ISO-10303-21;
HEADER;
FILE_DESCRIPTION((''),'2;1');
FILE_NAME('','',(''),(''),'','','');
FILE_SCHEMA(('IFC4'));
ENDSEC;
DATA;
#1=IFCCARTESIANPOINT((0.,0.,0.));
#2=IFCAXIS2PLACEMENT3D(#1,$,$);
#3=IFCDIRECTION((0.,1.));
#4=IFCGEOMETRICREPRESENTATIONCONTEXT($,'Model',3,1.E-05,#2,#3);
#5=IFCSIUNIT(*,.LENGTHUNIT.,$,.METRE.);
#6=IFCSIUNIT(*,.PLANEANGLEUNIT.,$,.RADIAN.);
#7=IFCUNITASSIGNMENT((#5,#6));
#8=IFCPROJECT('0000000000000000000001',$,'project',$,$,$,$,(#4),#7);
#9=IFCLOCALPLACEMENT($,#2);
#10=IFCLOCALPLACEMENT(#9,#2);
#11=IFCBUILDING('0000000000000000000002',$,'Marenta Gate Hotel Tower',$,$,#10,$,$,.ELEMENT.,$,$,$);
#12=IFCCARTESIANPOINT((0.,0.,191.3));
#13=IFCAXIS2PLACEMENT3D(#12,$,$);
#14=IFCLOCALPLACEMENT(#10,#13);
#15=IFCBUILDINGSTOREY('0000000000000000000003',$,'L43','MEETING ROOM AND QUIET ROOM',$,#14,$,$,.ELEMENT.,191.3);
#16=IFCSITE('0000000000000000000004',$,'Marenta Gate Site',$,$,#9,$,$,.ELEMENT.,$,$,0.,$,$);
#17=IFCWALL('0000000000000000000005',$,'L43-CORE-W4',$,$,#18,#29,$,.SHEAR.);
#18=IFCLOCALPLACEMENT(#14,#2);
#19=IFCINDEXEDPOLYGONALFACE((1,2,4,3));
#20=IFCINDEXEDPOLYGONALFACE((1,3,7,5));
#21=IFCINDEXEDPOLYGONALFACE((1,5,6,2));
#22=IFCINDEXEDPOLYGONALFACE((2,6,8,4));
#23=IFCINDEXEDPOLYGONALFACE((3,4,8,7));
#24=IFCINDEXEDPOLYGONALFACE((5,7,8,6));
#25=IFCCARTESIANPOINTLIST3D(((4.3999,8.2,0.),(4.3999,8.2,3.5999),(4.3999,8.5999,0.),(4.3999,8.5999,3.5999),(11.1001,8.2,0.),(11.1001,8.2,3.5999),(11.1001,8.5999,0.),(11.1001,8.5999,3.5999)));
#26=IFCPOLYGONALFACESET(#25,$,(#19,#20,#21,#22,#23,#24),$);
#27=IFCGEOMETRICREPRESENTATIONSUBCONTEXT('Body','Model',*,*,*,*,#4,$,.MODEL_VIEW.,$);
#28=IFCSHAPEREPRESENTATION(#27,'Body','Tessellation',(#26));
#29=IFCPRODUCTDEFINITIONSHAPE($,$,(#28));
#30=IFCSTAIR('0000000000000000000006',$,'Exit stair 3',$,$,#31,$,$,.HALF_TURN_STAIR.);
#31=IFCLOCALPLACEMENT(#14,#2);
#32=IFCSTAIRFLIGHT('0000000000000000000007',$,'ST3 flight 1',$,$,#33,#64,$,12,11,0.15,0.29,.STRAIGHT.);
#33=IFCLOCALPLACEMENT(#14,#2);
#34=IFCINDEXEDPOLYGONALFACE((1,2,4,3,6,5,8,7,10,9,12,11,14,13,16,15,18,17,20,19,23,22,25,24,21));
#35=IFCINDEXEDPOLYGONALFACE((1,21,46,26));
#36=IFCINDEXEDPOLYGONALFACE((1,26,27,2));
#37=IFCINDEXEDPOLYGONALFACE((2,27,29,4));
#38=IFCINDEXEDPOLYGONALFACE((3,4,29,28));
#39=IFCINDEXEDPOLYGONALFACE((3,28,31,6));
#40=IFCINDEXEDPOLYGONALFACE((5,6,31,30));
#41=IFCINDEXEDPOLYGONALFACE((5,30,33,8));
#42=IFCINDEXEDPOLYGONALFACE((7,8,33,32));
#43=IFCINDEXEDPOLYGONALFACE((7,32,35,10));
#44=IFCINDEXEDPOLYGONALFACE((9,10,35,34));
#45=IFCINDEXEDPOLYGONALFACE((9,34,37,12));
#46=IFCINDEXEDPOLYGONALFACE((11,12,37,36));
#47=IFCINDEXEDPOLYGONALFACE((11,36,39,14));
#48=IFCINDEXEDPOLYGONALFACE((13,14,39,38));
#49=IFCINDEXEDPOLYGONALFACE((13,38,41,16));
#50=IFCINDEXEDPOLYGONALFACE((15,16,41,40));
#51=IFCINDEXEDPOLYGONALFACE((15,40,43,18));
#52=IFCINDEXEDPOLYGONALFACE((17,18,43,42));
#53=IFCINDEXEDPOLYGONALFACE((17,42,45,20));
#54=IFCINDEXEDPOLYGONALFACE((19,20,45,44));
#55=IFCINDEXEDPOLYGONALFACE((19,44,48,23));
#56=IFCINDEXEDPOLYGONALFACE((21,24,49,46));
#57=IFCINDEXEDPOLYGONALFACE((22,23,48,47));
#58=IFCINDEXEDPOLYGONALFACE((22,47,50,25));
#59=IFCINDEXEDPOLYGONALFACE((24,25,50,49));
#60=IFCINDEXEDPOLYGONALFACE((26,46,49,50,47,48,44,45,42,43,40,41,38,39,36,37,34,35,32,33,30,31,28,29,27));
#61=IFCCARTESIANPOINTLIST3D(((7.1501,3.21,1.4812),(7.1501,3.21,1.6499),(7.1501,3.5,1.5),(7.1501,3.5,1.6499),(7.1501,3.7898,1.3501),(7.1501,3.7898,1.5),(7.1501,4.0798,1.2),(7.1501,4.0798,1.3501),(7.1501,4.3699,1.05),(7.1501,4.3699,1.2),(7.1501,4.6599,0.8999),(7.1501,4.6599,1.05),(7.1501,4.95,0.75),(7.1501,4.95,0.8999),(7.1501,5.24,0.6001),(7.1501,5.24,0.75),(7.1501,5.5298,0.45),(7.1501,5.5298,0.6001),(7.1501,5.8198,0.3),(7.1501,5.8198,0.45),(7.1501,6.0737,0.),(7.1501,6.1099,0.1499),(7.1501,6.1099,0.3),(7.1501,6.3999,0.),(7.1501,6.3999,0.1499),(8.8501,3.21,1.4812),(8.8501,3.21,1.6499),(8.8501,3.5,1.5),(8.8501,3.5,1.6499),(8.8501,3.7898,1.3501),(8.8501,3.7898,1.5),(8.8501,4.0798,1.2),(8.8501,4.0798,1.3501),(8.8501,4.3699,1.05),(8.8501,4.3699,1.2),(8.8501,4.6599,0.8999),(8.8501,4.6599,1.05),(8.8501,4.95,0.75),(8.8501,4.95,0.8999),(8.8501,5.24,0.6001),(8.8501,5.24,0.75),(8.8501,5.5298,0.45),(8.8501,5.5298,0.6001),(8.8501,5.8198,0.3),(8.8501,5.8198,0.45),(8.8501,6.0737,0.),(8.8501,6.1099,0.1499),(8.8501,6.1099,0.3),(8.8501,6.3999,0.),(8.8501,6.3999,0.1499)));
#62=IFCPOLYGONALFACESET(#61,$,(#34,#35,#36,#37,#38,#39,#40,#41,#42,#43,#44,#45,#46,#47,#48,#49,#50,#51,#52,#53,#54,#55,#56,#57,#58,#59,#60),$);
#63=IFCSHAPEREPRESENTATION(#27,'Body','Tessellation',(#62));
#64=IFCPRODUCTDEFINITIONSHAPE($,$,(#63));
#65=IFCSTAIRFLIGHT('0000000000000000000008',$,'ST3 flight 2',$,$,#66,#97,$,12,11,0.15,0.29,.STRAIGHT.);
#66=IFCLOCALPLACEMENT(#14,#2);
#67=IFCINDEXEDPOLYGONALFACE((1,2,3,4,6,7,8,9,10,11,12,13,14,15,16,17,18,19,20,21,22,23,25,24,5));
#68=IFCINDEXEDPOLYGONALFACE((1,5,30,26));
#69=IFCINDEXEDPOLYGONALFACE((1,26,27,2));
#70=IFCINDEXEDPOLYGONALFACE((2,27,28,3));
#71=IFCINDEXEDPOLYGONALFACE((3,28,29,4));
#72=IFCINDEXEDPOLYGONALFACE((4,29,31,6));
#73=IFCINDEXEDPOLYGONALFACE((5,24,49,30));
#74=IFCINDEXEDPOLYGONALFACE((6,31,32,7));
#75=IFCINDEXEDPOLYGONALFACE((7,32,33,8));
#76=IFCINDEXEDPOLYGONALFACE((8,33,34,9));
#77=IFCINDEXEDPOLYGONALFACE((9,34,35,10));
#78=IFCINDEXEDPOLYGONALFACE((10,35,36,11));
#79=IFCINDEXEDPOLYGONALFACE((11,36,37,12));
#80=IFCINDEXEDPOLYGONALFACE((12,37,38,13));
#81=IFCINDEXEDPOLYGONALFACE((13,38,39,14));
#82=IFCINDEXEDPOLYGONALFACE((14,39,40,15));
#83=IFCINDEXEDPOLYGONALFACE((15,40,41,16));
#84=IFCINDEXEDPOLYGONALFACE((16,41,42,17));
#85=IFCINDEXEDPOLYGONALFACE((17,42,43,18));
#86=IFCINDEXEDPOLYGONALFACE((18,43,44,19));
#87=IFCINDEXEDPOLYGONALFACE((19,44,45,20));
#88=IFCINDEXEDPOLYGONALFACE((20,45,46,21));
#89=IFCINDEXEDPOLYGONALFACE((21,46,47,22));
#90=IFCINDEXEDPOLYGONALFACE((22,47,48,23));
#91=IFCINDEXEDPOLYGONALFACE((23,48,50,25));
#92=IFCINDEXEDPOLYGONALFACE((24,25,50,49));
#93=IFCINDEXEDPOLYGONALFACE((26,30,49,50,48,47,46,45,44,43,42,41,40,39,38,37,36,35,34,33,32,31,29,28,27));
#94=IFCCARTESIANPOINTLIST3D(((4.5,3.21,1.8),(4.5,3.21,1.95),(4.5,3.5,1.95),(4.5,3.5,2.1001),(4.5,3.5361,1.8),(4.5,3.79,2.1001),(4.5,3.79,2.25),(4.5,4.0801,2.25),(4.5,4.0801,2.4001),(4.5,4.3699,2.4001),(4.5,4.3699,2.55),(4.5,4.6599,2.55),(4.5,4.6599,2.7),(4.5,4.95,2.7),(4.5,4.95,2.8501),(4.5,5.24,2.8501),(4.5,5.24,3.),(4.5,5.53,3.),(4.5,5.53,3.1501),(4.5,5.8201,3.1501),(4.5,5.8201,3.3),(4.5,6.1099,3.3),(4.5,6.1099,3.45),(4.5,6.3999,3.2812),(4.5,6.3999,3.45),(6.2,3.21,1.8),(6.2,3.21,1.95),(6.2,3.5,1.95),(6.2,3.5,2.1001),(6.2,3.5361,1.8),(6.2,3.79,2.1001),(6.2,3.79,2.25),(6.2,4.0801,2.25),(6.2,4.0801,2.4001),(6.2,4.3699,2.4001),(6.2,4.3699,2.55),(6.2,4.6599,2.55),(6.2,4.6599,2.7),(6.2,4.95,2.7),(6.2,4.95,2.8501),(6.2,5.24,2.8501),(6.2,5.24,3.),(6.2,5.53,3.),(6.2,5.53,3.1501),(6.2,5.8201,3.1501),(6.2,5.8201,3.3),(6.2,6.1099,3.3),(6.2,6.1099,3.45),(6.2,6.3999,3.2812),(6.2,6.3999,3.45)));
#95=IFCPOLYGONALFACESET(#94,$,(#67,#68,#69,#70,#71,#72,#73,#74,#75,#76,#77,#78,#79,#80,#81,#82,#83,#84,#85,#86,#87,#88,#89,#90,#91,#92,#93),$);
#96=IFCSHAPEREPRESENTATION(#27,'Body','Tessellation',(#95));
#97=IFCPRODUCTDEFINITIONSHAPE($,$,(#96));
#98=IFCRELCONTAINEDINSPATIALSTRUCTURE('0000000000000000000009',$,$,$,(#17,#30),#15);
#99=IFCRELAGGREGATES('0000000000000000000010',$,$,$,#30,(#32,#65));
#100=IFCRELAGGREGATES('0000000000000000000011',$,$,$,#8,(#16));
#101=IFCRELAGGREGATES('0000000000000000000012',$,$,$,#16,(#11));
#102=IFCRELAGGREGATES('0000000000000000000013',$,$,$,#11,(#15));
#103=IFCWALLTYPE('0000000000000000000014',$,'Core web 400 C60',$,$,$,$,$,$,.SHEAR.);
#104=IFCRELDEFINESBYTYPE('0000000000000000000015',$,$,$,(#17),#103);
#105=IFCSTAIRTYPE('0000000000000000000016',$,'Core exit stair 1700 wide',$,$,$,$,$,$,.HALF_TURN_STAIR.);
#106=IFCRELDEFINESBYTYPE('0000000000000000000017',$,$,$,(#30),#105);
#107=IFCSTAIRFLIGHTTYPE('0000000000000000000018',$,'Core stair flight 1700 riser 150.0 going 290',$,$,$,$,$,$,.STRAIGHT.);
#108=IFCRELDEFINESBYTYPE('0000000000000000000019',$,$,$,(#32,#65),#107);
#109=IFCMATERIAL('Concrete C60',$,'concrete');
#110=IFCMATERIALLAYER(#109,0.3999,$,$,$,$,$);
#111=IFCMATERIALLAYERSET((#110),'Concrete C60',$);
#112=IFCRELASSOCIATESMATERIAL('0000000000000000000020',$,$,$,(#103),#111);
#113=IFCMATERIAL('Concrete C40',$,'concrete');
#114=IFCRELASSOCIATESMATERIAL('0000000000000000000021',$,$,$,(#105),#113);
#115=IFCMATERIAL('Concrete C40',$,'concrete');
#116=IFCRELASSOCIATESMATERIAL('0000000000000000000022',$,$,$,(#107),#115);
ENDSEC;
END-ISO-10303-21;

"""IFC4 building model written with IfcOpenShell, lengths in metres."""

from ifc_helpers import new_model, si_unit, direction, frame, frame_2d, origin, place, context, subcontext, project, spatial, polyline, rectangle, outline, extrude, material, layer, layer_set, type_object, element, aggregate, save


model = new_model("IFC4")

# Units and contexts
model_context = context("Model", 3, precision=1e-05, world=origin(), true_north=direction((0.0, 1.0)))
body_context = subcontext(model_context, "Body", "Model", "MODEL_VIEW")
ifc_project = project(units=[si_unit("LENGTHUNIT", "METRE"), si_unit("PLANEANGLEUNIT", "RADIAN")], contexts=[model_context])

# Site, building, storey
site_placement = place(None, origin())
site = spatial("IfcSite", under=ifc_project, at=site_placement, Name="Marenta Gate Site", CompositionType="ELEMENT", RefElevation=0.0)
building_placement = place(site_placement, origin())
building = spatial("IfcBuilding", under=site, at=building_placement, Name="Marenta Gate Hotel Tower", CompositionType="ELEMENT")
storey_placement = place(building_placement, frame((0.0, 0.0, 191.3)))
storey = spatial("IfcBuildingStorey", under=building, at=storey_placement, Name="L43", Description="MEETING ROOM AND QUIET ROOM", CompositionType="ELEMENT", Elevation=191.3)

# Shared definitions
ifc_material_1 = material(Name="Concrete C60", Category="concrete")
ifc_layer_1 = layer(ifc_material_1, 0.3999)
ifc_layer_set_1 = layer_set([ifc_layer_1], Name="Concrete C60")
wall_type_1 = type_object("IfcWallType", Name="Core web 400 C60", PredefinedType="SHEAR", material=ifc_layer_set_1)

# Wall
wall_1_placement = place(storey_placement, frame((4.3999, 8.3999, 0.0), z_axis=(0.0, 0.0, 1.0), x_axis=(1.0, 0.0, 0.0)))
element("IfcWall", 1, at=wall_1_placement, inside=storey, type_object=wall_type_1, Name="L43-CORE-W4", PredefinedType="SHEAR", context=body_context, shape_type="SweptSolid", body=[
    extrude(rectangle(XDim=6.7002, YDim=0.3999, at=frame_2d((3.3501, 0.0))), origin(), (0.0, 0.0, 1.0), 3.5999),
])

# Stair, stair flights
ifc_material_2 = material(Name="Concrete C40", Category="concrete")
stair_type = type_object("IfcStairType", Name="Core exit stair 1700 wide", PredefinedType="HALF_TURN_STAIR", material=ifc_material_2)
stair_placement = place(storey_placement, origin())
stair = element("IfcStair", 2, at=stair_placement, inside=storey, type_object=stair_type, Name="Exit stair 3", PredefinedType="HALF_TURN_STAIR")
ifc_material_3 = material(Name="Concrete C40", Category="concrete")
stair_flight_type = type_object("IfcStairFlightType", Name="Core stair flight 1700 riser 150.0 going 290", PredefinedType="STRAIGHT", material=ifc_material_3)
stair_flight_1_placement = place(storey_placement, frame((8.0, 6.3999, 0.0), z_axis=(0.0, 0.0, 1.0), x_axis=(0.0, -1.0, 0.0)))
stair_flight_1 = element("IfcStairFlight", 3, at=stair_flight_1_placement, type_object=stair_flight_type, Name="ST3 flight 1", NumberOfRisers=12, NumberOfTreads=11, PredefinedType="STRAIGHT", RiserHeight=0.15, TreadLength=0.29, context=body_context, shape_type="SweptSolid", body=[
    extrude(outline(polyline([(0.0, 0.0), (0.0, 0.1499), (0.29, 0.1499), (0.29, 0.3), (0.5801, 0.3), (0.5801, 0.45), (0.8701, 0.45), (0.8701, 0.6001), (1.1599, 0.6001), (1.1599, 0.75), (1.45, 0.75), (1.45, 0.8999), (1.74, 0.8999), (1.74, 1.05), (2.03, 1.05), (2.03, 1.2), (2.3201, 1.2), (2.3201, 1.3501), (2.6101, 1.3501), (2.6101, 1.5), (2.8999, 1.5), (2.8999, 1.6499), (3.1899, 1.6499), (3.1899, 1.8), (3.1899, 1.4812), (0.3262, 0.0), (0.0, 0.0)])), frame((0.0, 0.8501, 0.0), z_axis=(0.0, -1.0, 0.0), x_axis=(1.0, 0.0, 0.0)), (0.0, 0.0, 1.0), 1.7),
])
stair_flight_2_placement = place(storey_placement, frame((5.3501, 3.21, 1.8), z_axis=(0.0, 0.0, 1.0), x_axis=(0.0, 1.0, 0.0)))
stair_flight_2 = element("IfcStairFlight", 4, at=stair_flight_2_placement, type_object=stair_flight_type, Name="ST3 flight 2", NumberOfRisers=12, NumberOfTreads=11, PredefinedType="STRAIGHT", RiserHeight=0.15, TreadLength=0.29, context=body_context, shape_type="SweptSolid", body=[
    extrude(outline(polyline([(0.0, 0.0), (0.0, 0.1499), (0.29, 0.1499), (0.29, 0.3), (0.5801, 0.3), (0.5801, 0.45), (0.8701, 0.45), (0.8701, 0.6001), (1.1599, 0.6001), (1.1599, 0.75), (1.45, 0.75), (1.45, 0.8999), (1.74, 0.8999), (1.74, 1.05), (2.03, 1.05), (2.03, 1.2), (2.3201, 1.2), (2.3201, 1.3501), (2.6101, 1.3501), (2.6101, 1.5), (2.8999, 1.5), (2.8999, 1.6499), (3.1899, 1.6499), (3.1899, 1.8), (3.1899, 1.4812), (0.3262, 0.0), (0.0, 0.0)])), frame((0.0, 0.8501, 0.0), z_axis=(0.0, -1.0, 0.0), x_axis=(1.0, 0.0, 0.0)), (0.0, 0.0, 1.0), 1.7),
])
aggregate(stair, [stair_flight_1, stair_flight_2])

save(model, "model.ifc")
